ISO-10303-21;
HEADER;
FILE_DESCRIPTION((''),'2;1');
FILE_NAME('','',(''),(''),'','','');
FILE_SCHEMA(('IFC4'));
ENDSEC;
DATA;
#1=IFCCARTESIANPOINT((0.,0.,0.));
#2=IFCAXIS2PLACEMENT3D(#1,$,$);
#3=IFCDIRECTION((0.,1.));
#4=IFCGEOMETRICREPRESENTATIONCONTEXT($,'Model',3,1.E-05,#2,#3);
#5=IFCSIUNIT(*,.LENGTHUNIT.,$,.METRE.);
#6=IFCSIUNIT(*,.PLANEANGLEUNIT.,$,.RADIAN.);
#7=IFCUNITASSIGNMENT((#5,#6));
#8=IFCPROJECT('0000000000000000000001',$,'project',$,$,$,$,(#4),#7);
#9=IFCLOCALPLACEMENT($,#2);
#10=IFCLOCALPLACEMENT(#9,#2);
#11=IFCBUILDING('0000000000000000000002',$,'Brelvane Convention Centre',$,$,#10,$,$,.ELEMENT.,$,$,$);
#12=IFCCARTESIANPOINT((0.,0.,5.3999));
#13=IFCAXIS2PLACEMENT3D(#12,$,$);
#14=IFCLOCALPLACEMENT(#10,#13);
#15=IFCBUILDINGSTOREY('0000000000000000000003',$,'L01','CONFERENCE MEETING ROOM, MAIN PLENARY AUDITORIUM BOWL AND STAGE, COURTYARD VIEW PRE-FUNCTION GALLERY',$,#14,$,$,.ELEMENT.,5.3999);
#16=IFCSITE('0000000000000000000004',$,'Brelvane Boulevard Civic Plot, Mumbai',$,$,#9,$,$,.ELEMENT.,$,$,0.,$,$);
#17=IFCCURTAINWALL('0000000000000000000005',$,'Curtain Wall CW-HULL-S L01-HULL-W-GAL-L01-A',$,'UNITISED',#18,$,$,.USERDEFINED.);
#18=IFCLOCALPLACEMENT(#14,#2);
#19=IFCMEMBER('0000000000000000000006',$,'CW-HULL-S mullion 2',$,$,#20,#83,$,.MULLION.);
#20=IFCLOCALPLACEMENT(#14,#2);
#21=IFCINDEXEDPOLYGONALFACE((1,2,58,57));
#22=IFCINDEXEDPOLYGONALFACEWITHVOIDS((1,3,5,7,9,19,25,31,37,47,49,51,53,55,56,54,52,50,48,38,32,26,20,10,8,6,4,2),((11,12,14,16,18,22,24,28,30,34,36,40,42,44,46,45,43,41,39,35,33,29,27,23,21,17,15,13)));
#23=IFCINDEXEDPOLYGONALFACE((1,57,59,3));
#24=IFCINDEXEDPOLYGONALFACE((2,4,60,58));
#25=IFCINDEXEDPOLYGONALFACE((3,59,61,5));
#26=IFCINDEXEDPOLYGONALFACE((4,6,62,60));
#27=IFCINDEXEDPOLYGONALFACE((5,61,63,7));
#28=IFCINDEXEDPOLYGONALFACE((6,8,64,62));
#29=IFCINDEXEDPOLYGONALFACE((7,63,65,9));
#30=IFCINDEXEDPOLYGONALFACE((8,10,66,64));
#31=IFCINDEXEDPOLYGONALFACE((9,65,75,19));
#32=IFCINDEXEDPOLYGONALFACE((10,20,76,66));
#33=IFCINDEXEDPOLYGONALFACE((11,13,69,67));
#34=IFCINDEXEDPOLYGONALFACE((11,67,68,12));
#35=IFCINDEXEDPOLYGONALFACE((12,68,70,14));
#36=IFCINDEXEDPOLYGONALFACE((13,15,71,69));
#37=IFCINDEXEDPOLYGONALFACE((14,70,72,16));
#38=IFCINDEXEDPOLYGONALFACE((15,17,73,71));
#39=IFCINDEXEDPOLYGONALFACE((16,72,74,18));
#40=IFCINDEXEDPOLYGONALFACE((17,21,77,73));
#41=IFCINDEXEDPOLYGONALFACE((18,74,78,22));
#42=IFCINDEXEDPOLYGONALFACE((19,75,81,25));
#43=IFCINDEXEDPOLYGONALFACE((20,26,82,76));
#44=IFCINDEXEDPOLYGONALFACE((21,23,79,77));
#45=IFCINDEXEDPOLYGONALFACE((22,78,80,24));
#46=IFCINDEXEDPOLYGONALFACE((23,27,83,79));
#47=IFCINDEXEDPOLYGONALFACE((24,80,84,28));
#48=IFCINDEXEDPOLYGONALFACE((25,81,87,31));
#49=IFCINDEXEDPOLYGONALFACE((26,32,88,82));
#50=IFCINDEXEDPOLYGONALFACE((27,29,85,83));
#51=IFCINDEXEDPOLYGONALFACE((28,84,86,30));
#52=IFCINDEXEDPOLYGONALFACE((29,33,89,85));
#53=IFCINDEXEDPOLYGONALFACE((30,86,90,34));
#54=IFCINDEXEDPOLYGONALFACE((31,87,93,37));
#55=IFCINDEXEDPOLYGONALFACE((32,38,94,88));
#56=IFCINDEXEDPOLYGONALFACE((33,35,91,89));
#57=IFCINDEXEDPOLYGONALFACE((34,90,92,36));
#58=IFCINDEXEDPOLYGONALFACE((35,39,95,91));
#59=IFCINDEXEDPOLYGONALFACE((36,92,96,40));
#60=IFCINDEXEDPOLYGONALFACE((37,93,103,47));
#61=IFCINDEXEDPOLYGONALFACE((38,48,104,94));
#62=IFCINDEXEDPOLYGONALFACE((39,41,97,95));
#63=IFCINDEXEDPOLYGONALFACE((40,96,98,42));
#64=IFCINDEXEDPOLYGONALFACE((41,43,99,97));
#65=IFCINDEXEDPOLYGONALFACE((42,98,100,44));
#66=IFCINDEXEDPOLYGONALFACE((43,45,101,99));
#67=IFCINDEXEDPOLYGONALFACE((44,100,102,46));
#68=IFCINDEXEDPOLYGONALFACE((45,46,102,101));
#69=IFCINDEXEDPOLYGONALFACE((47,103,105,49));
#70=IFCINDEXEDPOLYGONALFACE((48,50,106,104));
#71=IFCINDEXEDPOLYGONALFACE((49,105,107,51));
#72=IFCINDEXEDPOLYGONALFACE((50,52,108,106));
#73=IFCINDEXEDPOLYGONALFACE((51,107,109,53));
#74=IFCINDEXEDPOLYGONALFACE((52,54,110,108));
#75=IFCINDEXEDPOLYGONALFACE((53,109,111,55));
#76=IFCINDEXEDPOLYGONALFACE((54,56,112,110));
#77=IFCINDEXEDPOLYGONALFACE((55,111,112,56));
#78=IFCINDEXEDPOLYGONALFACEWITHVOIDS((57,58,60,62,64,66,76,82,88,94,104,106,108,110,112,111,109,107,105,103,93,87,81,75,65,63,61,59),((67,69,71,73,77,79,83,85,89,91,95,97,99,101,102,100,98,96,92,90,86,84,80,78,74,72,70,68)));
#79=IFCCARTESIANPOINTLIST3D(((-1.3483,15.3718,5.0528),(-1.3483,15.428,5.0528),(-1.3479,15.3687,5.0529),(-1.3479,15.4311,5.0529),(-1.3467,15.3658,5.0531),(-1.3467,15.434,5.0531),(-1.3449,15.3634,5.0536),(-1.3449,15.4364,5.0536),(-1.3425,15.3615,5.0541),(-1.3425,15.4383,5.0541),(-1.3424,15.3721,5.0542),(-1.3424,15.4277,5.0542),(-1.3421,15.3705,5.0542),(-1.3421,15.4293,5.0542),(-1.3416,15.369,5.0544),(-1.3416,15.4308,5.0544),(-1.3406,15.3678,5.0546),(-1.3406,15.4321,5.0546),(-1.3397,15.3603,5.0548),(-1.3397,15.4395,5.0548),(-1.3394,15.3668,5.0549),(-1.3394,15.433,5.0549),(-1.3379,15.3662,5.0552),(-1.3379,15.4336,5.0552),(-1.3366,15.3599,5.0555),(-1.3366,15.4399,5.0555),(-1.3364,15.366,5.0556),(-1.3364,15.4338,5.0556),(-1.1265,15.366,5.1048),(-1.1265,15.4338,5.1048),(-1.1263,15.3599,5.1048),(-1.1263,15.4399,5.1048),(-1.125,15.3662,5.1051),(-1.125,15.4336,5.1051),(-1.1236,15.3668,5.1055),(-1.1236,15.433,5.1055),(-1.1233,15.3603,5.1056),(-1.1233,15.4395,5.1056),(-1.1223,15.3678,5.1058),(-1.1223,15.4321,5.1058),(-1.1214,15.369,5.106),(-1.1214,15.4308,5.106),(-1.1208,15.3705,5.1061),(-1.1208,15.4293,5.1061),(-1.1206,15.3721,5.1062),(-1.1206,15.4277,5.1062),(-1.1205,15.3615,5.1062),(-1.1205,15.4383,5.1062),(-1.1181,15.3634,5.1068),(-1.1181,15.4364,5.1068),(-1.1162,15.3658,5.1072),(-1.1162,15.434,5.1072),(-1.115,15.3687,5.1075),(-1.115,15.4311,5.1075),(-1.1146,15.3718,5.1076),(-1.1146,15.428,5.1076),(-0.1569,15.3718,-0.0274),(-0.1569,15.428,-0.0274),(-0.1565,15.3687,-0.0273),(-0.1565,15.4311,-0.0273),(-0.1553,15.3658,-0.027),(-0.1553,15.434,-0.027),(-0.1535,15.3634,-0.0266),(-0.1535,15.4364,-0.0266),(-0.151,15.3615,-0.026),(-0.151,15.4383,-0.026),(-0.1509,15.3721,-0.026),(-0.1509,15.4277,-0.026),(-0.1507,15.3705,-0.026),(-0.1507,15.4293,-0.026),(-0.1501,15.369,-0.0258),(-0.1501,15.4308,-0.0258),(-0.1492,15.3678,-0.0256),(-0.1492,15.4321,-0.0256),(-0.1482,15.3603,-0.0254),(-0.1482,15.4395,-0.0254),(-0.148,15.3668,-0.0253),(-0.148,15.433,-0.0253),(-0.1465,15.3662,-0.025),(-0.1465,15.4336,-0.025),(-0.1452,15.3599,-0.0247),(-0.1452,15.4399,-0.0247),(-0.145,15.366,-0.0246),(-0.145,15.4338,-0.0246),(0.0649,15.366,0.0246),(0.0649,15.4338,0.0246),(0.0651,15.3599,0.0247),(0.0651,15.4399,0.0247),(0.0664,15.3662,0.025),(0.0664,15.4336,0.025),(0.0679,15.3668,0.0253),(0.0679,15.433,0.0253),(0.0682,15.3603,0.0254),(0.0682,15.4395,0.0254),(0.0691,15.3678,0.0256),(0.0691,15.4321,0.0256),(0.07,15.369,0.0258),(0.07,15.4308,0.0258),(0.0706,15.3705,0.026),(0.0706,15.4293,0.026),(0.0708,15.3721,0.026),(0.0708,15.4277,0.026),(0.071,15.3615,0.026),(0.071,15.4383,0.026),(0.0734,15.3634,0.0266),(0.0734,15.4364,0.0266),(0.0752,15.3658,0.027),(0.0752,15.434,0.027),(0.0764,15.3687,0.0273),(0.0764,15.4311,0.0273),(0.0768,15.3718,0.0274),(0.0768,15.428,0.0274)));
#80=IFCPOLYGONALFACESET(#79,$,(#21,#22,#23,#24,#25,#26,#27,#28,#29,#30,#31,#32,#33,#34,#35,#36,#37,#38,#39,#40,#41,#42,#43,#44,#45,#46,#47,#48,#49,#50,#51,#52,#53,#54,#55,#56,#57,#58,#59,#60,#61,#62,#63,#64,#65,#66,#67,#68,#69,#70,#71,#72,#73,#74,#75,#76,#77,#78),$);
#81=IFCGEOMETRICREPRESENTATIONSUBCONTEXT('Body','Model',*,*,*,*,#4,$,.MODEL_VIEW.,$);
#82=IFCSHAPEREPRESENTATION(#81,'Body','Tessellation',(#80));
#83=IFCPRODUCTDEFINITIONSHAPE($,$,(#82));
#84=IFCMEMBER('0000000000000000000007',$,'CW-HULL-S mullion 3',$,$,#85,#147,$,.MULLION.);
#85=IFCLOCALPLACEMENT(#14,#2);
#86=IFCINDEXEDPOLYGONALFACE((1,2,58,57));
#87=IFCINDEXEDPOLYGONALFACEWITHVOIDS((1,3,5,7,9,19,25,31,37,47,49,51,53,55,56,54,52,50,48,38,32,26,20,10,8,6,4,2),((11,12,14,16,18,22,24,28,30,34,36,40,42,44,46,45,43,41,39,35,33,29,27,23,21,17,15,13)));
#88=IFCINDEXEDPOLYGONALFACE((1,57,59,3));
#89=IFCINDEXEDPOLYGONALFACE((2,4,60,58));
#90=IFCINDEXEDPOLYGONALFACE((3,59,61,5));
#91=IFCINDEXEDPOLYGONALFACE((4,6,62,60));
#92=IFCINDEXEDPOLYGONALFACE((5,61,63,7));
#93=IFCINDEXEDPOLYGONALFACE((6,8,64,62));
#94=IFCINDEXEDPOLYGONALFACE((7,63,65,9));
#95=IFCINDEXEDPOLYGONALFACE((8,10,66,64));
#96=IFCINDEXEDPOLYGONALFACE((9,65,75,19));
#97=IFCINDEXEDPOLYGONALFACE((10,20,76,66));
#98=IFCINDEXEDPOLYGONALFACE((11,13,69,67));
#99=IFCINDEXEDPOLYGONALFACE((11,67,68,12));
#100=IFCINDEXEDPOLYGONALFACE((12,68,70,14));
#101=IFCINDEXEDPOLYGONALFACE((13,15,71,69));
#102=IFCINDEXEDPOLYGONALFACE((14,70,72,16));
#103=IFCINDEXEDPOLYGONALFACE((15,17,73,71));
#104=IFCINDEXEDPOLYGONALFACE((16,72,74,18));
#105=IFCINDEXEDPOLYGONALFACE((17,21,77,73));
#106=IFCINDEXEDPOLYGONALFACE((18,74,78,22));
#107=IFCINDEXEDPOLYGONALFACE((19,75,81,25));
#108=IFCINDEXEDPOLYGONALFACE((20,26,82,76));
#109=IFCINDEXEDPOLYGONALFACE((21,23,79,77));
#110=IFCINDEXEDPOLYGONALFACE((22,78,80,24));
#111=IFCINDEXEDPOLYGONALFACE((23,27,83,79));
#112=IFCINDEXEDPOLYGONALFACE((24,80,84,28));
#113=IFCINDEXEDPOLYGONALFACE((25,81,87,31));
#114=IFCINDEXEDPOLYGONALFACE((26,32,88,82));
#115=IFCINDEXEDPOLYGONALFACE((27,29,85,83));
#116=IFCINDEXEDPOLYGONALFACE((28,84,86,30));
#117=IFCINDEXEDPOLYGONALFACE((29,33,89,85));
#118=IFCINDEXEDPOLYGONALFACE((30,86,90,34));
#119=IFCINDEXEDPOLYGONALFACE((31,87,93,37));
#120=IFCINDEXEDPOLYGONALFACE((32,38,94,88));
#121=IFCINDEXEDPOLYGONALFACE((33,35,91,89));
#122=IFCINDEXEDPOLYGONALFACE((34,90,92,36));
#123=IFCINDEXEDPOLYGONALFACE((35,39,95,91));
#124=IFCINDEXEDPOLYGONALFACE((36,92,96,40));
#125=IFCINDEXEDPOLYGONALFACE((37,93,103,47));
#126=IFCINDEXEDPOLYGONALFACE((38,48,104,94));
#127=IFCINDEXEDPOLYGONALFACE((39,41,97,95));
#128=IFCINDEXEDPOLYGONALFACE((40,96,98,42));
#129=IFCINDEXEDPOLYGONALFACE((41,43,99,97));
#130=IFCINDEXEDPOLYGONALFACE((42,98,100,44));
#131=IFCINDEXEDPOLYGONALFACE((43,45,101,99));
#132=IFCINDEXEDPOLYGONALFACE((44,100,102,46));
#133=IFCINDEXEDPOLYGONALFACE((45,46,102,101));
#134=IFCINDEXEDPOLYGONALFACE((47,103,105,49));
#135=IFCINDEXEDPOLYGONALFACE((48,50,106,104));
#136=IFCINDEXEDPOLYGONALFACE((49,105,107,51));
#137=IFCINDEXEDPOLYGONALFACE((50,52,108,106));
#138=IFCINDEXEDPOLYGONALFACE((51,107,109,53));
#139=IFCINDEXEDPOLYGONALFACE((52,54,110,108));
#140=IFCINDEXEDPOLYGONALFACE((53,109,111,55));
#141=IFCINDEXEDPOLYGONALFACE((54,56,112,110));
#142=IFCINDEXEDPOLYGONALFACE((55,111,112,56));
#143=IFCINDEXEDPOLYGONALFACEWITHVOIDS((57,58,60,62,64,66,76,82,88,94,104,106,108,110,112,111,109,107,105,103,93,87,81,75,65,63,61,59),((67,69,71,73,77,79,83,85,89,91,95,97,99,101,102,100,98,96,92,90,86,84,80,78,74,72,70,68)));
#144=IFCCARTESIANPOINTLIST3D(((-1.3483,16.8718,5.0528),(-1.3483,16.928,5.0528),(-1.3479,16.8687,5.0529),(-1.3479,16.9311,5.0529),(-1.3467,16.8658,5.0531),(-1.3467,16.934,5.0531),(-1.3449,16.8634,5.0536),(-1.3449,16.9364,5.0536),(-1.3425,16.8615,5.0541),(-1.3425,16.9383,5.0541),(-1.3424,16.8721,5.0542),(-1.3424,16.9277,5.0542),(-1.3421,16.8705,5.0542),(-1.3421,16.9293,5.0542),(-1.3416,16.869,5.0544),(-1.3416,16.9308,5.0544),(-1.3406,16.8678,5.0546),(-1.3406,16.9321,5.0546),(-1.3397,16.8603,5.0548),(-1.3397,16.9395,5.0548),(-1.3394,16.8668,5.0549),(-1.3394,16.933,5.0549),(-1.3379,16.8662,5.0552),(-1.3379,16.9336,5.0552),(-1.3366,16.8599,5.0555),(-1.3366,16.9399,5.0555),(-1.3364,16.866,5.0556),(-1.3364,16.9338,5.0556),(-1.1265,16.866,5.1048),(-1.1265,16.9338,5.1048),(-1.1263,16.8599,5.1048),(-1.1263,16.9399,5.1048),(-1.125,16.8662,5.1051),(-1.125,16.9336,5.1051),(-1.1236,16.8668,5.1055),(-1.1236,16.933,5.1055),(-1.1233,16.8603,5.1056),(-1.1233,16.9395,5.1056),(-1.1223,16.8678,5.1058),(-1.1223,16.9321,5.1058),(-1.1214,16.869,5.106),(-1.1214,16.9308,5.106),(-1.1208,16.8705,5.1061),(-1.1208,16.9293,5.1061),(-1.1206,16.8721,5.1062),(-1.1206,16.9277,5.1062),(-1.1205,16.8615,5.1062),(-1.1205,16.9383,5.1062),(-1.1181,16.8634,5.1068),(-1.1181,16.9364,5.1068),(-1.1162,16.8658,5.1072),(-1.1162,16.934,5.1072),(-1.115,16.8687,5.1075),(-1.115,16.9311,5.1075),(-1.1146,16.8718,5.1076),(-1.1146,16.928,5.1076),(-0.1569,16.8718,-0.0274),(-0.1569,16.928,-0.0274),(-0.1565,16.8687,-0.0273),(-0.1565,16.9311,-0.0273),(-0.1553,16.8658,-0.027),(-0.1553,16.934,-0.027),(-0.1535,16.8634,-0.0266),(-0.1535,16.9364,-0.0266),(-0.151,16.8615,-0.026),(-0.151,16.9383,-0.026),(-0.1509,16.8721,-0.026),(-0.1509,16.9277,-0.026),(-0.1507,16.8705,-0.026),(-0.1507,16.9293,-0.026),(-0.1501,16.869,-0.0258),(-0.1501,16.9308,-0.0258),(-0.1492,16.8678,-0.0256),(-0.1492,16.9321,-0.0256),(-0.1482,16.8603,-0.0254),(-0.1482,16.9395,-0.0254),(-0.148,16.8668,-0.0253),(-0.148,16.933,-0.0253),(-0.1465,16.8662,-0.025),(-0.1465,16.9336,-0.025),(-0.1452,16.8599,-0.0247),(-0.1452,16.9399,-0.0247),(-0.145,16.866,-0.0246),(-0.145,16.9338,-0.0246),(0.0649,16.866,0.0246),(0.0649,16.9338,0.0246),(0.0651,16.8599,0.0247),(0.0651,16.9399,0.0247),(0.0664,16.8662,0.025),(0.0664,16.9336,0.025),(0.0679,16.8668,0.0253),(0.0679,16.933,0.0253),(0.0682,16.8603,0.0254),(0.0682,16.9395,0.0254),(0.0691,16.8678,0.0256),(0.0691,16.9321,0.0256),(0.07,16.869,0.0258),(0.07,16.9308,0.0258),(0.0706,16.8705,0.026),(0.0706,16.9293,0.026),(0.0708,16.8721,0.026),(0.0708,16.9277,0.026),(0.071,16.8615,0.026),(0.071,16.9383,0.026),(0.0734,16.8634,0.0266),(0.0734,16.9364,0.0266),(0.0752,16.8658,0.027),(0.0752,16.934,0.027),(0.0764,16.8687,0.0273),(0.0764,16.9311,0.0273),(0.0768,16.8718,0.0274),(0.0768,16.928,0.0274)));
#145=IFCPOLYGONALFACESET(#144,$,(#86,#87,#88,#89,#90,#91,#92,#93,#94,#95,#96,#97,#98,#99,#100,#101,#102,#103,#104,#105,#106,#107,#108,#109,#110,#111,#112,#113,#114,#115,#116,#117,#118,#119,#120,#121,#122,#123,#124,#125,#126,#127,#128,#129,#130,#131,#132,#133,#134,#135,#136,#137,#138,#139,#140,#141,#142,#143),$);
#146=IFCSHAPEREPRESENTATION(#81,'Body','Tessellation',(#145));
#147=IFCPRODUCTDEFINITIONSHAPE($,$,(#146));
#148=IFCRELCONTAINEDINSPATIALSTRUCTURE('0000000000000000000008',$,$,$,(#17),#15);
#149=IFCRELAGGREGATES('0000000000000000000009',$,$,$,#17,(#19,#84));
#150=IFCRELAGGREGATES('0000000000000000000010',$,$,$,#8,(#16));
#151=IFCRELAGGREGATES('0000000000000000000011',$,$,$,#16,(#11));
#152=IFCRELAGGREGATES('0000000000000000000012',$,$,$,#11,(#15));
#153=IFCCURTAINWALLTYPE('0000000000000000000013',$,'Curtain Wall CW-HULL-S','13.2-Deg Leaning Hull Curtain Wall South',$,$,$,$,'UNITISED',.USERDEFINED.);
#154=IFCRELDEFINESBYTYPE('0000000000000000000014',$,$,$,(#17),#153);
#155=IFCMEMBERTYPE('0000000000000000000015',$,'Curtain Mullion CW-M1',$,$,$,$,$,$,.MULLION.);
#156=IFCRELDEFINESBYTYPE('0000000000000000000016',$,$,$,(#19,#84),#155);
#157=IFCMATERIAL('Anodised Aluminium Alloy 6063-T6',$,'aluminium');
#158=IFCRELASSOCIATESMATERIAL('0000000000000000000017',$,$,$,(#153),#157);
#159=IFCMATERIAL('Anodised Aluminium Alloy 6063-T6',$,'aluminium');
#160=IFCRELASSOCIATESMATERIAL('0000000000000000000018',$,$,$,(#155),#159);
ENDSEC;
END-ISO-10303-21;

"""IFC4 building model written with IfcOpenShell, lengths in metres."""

from ifc_helpers import new_model, si_unit, direction, frame, origin, origin_2d, place, context, subcontext, project, spatial, hollow_rectangle, extrude, material, material_profile, profile_set, type_object, element, aggregate, save


model = new_model("IFC4")

# Units and contexts
model_context = context("Model", 3, precision=1e-05, world=origin(), true_north=direction((0.0, 1.0)))
body_context = subcontext(model_context, "Body", "Model", "MODEL_VIEW")
ifc_project = project(units=[si_unit("LENGTHUNIT", "METRE"), si_unit("PLANEANGLEUNIT", "RADIAN")], contexts=[model_context])

# Site, building, storey
site_placement = place(None, origin())
site = spatial("IfcSite", under=ifc_project, at=site_placement, Name="Brelvane Boulevard Civic Plot, Mumbai", CompositionType="ELEMENT", RefElevation=0.0)
building_placement = place(site_placement, origin())
building = spatial("IfcBuilding", under=site, at=building_placement, Name="Brelvane Convention Centre", CompositionType="ELEMENT")
storey_placement = place(building_placement, frame((0.0, 0.0, 5.3999)))
storey = spatial("IfcBuildingStorey", under=building, at=storey_placement, Name="L01", Description="CONFERENCE MEETING ROOM, MAIN PLENARY AUDITORIUM BOWL AND STAGE, COURTYARD VIEW PRE-FUNCTION GALLERY", CompositionType="ELEMENT", Elevation=5.3999)

# Curtain wall, members
ifc_material_1 = material(Name="Anodised Aluminium Alloy 6063-T6", Category="aluminium")
curtain_wall_type = type_object("IfcCurtainWallType", Name="Curtain Wall CW-HULL-S", Description="13.2-Deg Leaning Hull Curtain Wall South", ElementType="UNITISED", PredefinedType="USERDEFINED", material=ifc_material_1)
ifc_material_2 = material(Name="Anodised Aluminium Alloy 6063-T6", Category="aluminium")
ifc_material_profile_1 = material_profile(ifc_material_2, hollow_rectangle(XDim=0.0801, YDim=0.24, WallThickness=0.0061, InnerFilletRadius=0.0061, OuterFilletRadius=0.012, at=origin_2d()), Name="ALU-M 240x80x6.0")
ifc_profile_set_1 = profile_set([ifc_material_profile_1], Name="Anodised Aluminium Alloy 6063-T6")
member_type_1 = type_object("IfcMemberType", Name="Curtain Mullion CW-M1", PredefinedType="MULLION", material=ifc_profile_set_1)
curtain_wall_1_placement = place(storey_placement, origin())
curtain_wall_1 = element("IfcCurtainWall", 1, at=curtain_wall_1_placement, inside=storey, type_object=curtain_wall_type, Name="Curtain Wall CW-HULL-S L01-HULL-W-GAL-L01-A", ObjectType="UNITISED", PredefinedType="USERDEFINED")
member_1_placement = place(storey_placement, frame((-0.04, 15.3999, 0.0), z_axis=(-0.22833, 0.0, 0.973584), x_axis=(0.0, -1.0, 0.0)))
member_1 = element("IfcMember", 2, at=member_1_placement, type_object=member_type_1, Name="CW-HULL-S mullion 2", PredefinedType="MULLION", context=body_context, shape_type="SweptSolid", body=[
    extrude(hollow_rectangle(XDim=0.0801, YDim=0.24, WallThickness=0.0061, InnerFilletRadius=0.0061, OuterFilletRadius=0.012, at=origin_2d()), origin(), (0.0, 0.0, 1.0), 5.218),
])
member_2_placement = place(storey_placement, frame((-0.04, 16.8999, 0.0), z_axis=(-0.22833, 0.0, 0.973584), x_axis=(0.0, -1.0, 0.0)))
member_2 = element("IfcMember", 3, at=member_2_placement, type_object=member_type_1, Name="CW-HULL-S mullion 3", PredefinedType="MULLION", context=body_context, shape_type="SweptSolid", body=[
    extrude(hollow_rectangle(XDim=0.0801, YDim=0.24, WallThickness=0.0061, InnerFilletRadius=0.0061, OuterFilletRadius=0.012, at=origin_2d()), origin(), (0.0, 0.0, 1.0), 5.218),
])

aggregate(curtain_wall_1, [member_1, member_2])

save(model, "model.ifc")
